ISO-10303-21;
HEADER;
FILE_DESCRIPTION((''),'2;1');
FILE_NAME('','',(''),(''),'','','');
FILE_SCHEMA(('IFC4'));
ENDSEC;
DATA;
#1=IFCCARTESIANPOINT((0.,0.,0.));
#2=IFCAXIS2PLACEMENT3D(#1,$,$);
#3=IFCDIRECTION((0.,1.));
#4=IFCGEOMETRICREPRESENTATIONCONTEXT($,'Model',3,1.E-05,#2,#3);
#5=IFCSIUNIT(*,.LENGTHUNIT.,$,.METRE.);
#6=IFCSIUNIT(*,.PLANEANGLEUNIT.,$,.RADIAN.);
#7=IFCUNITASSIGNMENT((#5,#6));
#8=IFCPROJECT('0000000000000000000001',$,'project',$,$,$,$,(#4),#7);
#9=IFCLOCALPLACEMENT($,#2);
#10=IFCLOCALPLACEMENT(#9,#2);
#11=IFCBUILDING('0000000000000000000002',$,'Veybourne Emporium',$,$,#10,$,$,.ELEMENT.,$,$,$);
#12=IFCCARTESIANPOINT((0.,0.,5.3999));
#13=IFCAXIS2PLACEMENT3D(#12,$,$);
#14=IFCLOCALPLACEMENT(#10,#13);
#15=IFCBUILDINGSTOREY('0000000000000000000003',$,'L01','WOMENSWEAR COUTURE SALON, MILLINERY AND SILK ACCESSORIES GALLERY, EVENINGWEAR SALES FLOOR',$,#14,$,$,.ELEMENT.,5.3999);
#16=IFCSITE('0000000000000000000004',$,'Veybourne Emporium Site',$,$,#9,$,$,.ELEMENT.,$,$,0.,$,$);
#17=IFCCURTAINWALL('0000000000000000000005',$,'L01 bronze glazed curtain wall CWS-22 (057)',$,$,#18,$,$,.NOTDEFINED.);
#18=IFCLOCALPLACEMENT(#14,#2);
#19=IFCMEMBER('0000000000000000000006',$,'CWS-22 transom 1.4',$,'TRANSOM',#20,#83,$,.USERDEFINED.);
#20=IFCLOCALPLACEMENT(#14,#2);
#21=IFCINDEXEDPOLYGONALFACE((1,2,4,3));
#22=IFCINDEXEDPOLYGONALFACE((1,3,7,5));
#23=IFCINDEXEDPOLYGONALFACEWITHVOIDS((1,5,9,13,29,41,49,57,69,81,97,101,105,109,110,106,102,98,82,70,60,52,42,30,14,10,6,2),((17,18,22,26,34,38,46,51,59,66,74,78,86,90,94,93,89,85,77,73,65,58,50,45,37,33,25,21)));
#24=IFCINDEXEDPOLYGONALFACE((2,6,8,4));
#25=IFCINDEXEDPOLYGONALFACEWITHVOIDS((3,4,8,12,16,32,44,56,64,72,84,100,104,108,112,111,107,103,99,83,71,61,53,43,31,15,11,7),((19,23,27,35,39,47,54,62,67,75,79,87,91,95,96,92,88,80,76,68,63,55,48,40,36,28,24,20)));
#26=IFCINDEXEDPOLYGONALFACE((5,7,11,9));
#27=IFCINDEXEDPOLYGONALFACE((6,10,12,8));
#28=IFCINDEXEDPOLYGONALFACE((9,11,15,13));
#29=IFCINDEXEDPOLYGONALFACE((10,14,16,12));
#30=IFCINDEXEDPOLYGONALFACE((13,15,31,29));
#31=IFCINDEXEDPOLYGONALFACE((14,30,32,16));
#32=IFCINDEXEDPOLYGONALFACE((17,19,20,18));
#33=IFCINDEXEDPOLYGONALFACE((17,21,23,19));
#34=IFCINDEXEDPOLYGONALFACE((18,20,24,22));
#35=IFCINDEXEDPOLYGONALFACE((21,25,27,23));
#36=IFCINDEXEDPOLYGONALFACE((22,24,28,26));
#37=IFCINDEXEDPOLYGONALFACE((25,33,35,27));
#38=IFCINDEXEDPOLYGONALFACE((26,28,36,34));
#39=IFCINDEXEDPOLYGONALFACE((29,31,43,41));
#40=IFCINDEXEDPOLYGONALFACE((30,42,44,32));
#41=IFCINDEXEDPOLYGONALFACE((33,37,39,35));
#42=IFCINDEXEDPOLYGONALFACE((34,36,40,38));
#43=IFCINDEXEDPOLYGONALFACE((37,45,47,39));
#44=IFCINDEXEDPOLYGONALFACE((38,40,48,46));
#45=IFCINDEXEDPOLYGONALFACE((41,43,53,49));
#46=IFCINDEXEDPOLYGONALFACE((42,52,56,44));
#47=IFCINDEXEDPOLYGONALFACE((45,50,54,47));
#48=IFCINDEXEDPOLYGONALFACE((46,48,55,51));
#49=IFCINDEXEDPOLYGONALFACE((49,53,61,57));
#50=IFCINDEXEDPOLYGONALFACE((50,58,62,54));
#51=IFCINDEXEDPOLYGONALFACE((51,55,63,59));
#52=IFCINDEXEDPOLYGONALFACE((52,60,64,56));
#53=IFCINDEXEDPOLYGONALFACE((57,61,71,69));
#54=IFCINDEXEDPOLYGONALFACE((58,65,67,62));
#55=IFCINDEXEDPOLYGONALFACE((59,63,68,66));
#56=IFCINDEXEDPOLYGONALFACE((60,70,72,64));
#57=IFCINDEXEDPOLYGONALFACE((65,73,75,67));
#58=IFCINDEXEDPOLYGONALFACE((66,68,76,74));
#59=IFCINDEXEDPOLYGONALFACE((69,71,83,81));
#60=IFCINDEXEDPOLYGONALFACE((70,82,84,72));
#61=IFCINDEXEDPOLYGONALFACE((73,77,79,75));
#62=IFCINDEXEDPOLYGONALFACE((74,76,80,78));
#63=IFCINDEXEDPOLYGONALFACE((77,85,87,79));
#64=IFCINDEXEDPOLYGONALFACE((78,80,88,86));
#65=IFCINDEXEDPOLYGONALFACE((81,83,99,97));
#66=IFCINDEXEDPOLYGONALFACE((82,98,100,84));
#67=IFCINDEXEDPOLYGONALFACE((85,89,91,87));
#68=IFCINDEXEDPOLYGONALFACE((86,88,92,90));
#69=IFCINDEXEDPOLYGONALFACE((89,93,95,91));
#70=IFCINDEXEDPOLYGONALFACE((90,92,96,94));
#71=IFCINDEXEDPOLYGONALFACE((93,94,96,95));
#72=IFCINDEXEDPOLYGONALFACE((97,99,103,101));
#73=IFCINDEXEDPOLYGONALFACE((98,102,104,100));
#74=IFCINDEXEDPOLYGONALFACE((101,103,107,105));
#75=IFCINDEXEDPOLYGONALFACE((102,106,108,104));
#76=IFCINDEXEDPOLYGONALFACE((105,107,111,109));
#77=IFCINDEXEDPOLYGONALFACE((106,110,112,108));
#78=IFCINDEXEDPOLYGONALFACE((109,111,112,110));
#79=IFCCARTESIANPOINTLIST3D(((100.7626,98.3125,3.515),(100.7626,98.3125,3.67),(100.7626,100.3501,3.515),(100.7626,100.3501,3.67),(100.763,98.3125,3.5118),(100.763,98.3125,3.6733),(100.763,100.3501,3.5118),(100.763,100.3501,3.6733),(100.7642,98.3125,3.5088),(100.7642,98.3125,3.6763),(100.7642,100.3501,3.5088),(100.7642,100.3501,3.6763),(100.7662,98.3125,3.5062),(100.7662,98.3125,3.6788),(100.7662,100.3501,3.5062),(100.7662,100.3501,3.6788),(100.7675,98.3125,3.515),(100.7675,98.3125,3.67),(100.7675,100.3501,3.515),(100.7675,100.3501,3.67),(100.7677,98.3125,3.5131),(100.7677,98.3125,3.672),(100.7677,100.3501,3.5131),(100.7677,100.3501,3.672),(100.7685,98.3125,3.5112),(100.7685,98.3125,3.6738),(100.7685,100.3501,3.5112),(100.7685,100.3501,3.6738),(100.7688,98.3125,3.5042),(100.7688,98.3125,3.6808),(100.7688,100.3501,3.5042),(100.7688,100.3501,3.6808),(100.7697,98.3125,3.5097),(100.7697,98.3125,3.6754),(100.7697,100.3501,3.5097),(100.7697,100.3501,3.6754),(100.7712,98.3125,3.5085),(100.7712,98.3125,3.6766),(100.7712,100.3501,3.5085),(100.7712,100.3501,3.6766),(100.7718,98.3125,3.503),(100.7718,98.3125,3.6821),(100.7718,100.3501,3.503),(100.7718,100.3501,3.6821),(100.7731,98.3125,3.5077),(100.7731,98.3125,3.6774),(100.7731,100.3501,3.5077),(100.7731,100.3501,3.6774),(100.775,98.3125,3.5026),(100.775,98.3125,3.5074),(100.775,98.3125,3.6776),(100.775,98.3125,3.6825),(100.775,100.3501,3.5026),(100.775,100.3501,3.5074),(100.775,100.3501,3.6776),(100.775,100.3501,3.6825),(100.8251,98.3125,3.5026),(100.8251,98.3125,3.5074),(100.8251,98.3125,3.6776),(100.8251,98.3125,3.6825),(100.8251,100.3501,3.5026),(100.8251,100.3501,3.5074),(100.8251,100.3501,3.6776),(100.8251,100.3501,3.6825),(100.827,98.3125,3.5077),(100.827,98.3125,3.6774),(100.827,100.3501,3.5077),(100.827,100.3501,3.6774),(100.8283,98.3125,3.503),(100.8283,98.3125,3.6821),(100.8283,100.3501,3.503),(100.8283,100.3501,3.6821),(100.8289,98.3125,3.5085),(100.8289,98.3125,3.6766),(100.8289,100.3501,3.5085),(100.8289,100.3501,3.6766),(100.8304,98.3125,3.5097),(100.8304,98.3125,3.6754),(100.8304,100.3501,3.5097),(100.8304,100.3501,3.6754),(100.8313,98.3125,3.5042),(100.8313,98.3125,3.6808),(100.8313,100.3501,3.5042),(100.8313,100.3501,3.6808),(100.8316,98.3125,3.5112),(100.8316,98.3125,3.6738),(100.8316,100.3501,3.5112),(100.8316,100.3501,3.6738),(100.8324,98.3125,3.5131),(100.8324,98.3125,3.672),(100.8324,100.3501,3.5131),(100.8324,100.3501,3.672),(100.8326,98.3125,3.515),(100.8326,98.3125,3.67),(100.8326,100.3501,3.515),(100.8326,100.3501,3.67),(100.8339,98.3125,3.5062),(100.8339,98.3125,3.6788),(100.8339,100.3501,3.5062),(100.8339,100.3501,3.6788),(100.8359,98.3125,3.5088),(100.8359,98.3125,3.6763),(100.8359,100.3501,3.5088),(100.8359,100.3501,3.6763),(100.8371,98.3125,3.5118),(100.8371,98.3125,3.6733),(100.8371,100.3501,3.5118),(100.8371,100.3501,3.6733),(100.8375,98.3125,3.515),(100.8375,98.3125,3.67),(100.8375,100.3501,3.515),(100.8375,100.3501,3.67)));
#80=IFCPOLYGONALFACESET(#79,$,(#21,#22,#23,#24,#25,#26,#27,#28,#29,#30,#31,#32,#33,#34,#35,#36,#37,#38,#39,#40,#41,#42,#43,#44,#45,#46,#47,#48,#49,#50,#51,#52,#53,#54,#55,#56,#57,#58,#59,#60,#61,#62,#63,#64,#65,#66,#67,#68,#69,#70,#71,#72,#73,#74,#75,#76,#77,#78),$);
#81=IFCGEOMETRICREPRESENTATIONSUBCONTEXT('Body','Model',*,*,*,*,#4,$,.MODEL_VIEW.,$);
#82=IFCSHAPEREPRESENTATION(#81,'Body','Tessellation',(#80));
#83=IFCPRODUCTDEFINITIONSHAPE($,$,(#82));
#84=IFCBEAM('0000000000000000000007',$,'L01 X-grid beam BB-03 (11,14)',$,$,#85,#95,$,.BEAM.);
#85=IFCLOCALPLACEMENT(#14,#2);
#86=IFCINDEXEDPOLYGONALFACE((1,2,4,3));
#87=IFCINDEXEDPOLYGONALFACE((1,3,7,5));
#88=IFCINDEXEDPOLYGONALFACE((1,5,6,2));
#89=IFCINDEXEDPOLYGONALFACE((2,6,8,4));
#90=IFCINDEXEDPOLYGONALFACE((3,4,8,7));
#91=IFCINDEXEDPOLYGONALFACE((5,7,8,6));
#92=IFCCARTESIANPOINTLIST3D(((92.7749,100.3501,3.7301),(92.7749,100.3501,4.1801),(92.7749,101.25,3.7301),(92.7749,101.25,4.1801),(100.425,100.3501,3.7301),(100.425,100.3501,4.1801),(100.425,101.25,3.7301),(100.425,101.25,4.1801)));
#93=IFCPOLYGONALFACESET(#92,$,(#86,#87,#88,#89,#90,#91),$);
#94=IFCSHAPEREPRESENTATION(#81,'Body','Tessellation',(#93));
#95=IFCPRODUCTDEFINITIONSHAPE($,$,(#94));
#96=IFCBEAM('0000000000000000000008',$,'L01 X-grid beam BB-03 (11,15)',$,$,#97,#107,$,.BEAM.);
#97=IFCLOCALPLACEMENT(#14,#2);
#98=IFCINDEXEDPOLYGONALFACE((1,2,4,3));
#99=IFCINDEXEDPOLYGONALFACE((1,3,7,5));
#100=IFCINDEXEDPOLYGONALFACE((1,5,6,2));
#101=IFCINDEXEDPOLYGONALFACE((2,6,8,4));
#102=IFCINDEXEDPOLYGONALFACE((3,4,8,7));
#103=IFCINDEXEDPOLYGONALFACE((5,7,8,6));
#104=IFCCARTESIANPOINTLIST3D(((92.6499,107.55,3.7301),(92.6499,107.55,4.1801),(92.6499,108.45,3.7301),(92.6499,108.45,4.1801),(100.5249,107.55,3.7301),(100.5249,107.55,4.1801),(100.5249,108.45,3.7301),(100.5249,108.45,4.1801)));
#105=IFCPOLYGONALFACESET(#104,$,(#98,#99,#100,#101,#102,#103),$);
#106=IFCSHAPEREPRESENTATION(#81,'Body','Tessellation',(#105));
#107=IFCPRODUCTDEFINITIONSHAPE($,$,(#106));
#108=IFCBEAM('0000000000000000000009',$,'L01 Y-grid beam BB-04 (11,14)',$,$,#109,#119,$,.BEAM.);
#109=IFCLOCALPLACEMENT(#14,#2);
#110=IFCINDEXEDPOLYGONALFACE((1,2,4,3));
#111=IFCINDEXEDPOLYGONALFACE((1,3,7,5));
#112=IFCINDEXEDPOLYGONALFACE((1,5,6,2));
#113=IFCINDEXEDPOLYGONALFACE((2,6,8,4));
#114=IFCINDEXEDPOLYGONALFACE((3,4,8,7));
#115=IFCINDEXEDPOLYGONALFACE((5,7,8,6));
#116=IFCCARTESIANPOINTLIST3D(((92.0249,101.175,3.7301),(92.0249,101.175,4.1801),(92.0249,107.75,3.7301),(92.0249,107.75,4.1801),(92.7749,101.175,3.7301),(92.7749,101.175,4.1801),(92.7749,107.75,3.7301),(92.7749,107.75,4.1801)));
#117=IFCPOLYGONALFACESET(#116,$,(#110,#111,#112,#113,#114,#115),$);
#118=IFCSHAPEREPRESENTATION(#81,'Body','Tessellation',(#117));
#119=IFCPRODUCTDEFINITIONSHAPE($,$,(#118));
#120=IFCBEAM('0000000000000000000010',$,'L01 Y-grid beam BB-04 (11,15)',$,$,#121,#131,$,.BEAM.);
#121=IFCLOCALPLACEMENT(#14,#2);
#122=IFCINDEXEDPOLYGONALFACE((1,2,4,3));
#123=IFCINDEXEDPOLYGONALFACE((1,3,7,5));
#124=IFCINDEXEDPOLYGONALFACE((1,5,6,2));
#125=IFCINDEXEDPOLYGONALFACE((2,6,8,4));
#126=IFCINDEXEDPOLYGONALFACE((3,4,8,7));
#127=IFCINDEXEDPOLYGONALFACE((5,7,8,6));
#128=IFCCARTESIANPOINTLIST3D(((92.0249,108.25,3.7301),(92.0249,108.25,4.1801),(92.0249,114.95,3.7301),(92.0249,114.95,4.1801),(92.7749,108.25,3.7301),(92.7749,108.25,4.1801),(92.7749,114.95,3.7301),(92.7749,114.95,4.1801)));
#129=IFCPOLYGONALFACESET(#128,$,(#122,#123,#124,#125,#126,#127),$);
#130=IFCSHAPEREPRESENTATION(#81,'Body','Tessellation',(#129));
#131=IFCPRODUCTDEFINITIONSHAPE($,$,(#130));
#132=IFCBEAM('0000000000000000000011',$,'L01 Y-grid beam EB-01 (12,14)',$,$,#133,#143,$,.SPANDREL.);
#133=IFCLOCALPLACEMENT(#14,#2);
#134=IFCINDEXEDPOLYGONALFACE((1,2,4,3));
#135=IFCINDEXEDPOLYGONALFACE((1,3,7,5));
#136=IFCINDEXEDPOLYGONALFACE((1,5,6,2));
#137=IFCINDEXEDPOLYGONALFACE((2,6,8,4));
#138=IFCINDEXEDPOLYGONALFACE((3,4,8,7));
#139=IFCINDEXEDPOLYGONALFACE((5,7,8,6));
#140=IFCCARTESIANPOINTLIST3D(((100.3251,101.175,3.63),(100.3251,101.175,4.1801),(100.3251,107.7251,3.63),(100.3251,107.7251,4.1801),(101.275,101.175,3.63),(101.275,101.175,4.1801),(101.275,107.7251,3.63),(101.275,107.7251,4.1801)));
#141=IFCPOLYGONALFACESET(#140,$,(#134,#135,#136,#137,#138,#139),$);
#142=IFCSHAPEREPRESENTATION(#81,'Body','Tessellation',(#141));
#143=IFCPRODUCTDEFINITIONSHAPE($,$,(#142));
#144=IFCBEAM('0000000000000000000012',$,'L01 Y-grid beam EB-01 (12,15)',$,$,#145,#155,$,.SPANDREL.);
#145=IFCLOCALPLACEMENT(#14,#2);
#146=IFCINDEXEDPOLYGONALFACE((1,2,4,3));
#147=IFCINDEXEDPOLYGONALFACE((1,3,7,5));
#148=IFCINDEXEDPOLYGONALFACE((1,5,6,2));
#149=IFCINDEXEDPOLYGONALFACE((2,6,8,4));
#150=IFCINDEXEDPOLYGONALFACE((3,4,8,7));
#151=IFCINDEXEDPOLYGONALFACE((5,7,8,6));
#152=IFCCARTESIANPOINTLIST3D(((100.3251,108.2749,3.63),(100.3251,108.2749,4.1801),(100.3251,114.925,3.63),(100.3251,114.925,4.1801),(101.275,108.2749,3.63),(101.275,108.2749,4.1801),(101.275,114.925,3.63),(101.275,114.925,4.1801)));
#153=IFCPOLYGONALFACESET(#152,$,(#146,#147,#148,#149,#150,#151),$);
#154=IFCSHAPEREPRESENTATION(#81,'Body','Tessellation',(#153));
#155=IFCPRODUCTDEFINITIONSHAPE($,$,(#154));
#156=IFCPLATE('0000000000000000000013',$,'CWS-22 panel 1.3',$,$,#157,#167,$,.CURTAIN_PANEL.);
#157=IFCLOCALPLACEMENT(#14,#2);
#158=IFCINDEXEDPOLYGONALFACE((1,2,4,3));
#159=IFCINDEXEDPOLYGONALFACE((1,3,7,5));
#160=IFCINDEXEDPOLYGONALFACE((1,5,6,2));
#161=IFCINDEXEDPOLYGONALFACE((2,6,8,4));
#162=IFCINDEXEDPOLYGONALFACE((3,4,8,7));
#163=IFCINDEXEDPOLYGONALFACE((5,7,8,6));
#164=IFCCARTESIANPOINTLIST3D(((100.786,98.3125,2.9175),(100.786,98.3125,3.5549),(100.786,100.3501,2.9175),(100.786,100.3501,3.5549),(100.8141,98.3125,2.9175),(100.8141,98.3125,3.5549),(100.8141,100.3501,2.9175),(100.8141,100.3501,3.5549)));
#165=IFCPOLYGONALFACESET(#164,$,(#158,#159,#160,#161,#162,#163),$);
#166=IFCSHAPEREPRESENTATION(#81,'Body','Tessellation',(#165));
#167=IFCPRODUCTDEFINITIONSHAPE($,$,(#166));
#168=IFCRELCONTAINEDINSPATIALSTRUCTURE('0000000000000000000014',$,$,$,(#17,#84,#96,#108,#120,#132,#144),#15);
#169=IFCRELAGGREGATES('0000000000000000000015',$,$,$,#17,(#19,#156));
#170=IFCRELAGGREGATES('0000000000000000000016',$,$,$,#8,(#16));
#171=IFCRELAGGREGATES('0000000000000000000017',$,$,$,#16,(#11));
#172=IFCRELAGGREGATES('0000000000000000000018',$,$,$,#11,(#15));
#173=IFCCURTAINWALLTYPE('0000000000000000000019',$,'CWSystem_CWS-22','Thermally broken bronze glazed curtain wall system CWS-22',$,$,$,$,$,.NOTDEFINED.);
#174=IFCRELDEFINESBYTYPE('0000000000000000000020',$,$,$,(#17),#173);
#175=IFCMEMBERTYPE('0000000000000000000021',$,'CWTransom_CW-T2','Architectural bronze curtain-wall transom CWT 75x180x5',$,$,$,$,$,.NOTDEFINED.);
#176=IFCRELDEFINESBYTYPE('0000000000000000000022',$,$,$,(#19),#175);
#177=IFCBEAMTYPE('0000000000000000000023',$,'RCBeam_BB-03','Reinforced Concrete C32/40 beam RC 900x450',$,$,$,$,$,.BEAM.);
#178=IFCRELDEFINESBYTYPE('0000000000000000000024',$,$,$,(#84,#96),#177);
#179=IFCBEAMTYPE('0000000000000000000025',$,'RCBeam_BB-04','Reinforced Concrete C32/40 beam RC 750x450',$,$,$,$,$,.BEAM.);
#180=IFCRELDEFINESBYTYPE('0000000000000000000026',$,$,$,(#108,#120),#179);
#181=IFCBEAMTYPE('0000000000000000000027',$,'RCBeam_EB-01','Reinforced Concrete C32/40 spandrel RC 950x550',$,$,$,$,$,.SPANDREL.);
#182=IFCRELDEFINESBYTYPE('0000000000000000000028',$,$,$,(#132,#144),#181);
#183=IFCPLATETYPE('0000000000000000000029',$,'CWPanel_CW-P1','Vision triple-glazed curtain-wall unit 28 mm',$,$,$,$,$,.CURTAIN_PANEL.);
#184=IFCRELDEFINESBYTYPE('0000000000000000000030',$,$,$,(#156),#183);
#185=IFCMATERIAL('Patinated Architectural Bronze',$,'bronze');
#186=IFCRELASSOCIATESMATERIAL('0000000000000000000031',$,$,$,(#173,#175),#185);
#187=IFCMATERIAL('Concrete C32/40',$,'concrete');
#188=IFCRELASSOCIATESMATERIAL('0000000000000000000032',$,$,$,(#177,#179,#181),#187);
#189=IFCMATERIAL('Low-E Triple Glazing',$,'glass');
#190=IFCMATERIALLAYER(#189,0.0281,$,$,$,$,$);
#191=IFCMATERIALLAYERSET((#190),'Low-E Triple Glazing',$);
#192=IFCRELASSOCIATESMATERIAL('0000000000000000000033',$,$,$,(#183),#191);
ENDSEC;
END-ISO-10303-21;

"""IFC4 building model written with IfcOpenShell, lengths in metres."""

from ifc_helpers import new_model, si_unit, direction, frame, origin, origin_2d, place, context, subcontext, project, spatial, rectangle, hollow_rectangle, extrude, material, layer, layer_set, material_profile, profile_set, type_object, element, aggregate, save


model = new_model("IFC4")

# Units and contexts
model_context = context("Model", 3, precision=1e-05, world=origin(), true_north=direction((0.0, 1.0)))
body_context = subcontext(model_context, "Body", "Model", "MODEL_VIEW")
ifc_project = project(units=[si_unit("LENGTHUNIT", "METRE"), si_unit("PLANEANGLEUNIT", "RADIAN")], contexts=[model_context])

# Site, building, storey
site_placement = place(None, origin())
site = spatial("IfcSite", under=ifc_project, at=site_placement, Name="Veybourne Emporium Site", CompositionType="ELEMENT", RefElevation=0.0)
building_placement = place(site_placement, origin())
building = spatial("IfcBuilding", under=site, at=building_placement, Name="Veybourne Emporium", CompositionType="ELEMENT")
storey_placement = place(building_placement, frame((0.0, 0.0, 5.3999)))
storey = spatial("IfcBuildingStorey", under=building, at=storey_placement, Name="L01", Description="WOMENSWEAR COUTURE SALON, MILLINERY AND SILK ACCESSORIES GALLERY, EVENINGWEAR SALES FLOOR", CompositionType="ELEMENT", Elevation=5.3999)

# Curtain wall, member
ifc_material_1 = material(Name="Patinated Architectural Bronze", Category="bronze")
curtain_wall_type = type_object("IfcCurtainWallType", Name="CWSystem_CWS-22", Description="Thermally broken bronze glazed curtain wall system CWS-22", PredefinedType="NOTDEFINED", material=ifc_material_1)
curtain_wall_placement = place(storey_placement, origin())
curtain_wall = element("IfcCurtainWall", 1, at=curtain_wall_placement, inside=storey, type_object=curtain_wall_type, Name="L01 bronze glazed curtain wall CWS-22 (057)", PredefinedType="NOTDEFINED")
ifc_material_profile_1 = material_profile(ifc_material_1, hollow_rectangle(XDim=0.075, YDim=0.1799, WallThickness=0.0049, InnerFilletRadius=0.0076, OuterFilletRadius=0.0125, at=origin_2d()), Name="CWT 75x180x5")
ifc_profile_set_1 = profile_set([ifc_material_profile_1], Name="Patinated Architectural Bronze")
member_type_1 = type_object("IfcMemberType", Name="CWTransom_CW-T2", Description="Architectural bronze curtain-wall transom CWT 75x180x5", PredefinedType="NOTDEFINED", material=ifc_profile_set_1)
member_1_placement = place(storey_placement, frame((100.8, 100.3501, 3.5925), z_axis=(0.0, -1.0, 0.0), x_axis=(1.0, 0.0, 0.0)))
member_1 = element("IfcMember", 2, at=member_1_placement, type_object=member_type_1, Name="CWS-22 transom 1.4", ObjectType="TRANSOM", PredefinedType="USERDEFINED", context=body_context, shape_type="SweptSolid", body=[
    extrude(hollow_rectangle(XDim=0.075, YDim=0.1799, WallThickness=0.0049, InnerFilletRadius=0.0076, OuterFilletRadius=0.0125, at=origin_2d()), origin(), (0.0, 0.0, 1.0), 2.0376),
])

# Beams
ifc_material_2 = material(Name="Concrete C32/40", Category="concrete")
ifc_material_profile_2 = material_profile(ifc_material_2, rectangle(XDim=0.8999, YDim=0.45, at=origin_2d()), Name="RC 900x450")
ifc_profile_set_2 = profile_set([ifc_material_profile_2], Name="Concrete C32/40")
beam_type_1 = type_object("IfcBeamType", Name="RCBeam_BB-03", Description="Reinforced Concrete C32/40 beam RC 900x450", PredefinedType="BEAM", material=ifc_profile_set_2)
beam_1_placement = place(storey_placement, frame((92.7749, 100.8, 3.9551), z_axis=(1.0, 0.0, 0.0), x_axis=(0.0, 1.0, 0.0)))
element("IfcBeam", 3, at=beam_1_placement, inside=storey, type_object=beam_type_1, Name="L01 X-grid beam BB-03 (11,14)", PredefinedType="BEAM", context=body_context, shape_type="SweptSolid", body=[
    extrude(rectangle(XDim=0.8999, YDim=0.45, at=origin_2d()), origin(), (0.0, 0.0, 1.0), 7.6501),
])
beam_2_placement = place(storey_placement, frame((92.6499, 108.0, 3.9551), z_axis=(1.0, 0.0, 0.0), x_axis=(0.0, 1.0, 0.0)))
element("IfcBeam", 4, at=beam_2_placement, inside=storey, type_object=beam_type_1, Name="L01 X-grid beam BB-03 (11,15)", PredefinedType="BEAM", context=body_context, shape_type="SweptSolid", body=[
    extrude(rectangle(XDim=0.8999, YDim=0.45, at=origin_2d()), origin(), (0.0, 0.0, 1.0), 7.875),
])
ifc_material_profile_3 = material_profile(ifc_material_2, rectangle(XDim=0.75, YDim=0.45, at=origin_2d()), Name="RC 750x450")
ifc_profile_set_3 = profile_set([ifc_material_profile_3], Name="Concrete C32/40")
beam_type_2 = type_object("IfcBeamType", Name="RCBeam_BB-04", Description="Reinforced Concrete C32/40 beam RC 750x450", PredefinedType="BEAM", material=ifc_profile_set_3)
beam_3_placement = place(storey_placement, frame((92.3999, 101.175, 3.9551), z_axis=(0.0, 1.0, 0.0), x_axis=(-1.0, 0.0, 0.0)))
element("IfcBeam", 5, at=beam_3_placement, inside=storey, type_object=beam_type_2, Name="L01 Y-grid beam BB-04 (11,14)", PredefinedType="BEAM", context=body_context, shape_type="SweptSolid", body=[
    extrude(rectangle(XDim=0.75, YDim=0.45, at=origin_2d()), origin(), (0.0, 0.0, 1.0), 6.575),
])
beam_4_placement = place(storey_placement, frame((92.3999, 108.25, 3.9551), z_axis=(0.0, 1.0, 0.0), x_axis=(-1.0, 0.0, 0.0)))
element("IfcBeam", 6, at=beam_4_placement, inside=storey, type_object=beam_type_2, Name="L01 Y-grid beam BB-04 (11,15)", PredefinedType="BEAM", context=body_context, shape_type="SweptSolid", body=[
    extrude(rectangle(XDim=0.75, YDim=0.45, at=origin_2d()), origin(), (0.0, 0.0, 1.0), 6.7),
])
ifc_material_profile_4 = material_profile(ifc_material_2, rectangle(XDim=0.95, YDim=0.55, at=origin_2d()), Name="RC 950x550")
ifc_profile_set_4 = profile_set([ifc_material_profile_4], Name="Concrete C32/40")
beam_type_3 = type_object("IfcBeamType", Name="RCBeam_EB-01", Description="Reinforced Concrete C32/40 spandrel RC 950x550", PredefinedType="SPANDREL", material=ifc_profile_set_4)
beam_5_placement = place(storey_placement, frame((100.8, 101.175, 3.905), z_axis=(0.0, 1.0, 0.0), x_axis=(-1.0, 0.0, 0.0)))
element("IfcBeam", 7, at=beam_5_placement, inside=storey, type_object=beam_type_3, Name="L01 Y-grid beam EB-01 (12,14)", PredefinedType="SPANDREL", context=body_context, shape_type="SweptSolid", body=[
    extrude(rectangle(XDim=0.95, YDim=0.55, at=origin_2d()), origin(), (0.0, 0.0, 1.0), 6.55),
])
beam_6_placement = place(storey_placement, frame((100.8, 108.2749, 3.905), z_axis=(0.0, 1.0, 0.0), x_axis=(-1.0, 0.0, 0.0)))
element("IfcBeam", 8, at=beam_6_placement, inside=storey, type_object=beam_type_3, Name="L01 Y-grid beam EB-01 (12,15)", PredefinedType="SPANDREL", context=body_context, shape_type="SweptSolid", body=[
    extrude(rectangle(XDim=0.95, YDim=0.55, at=origin_2d()), origin(), (0.0, 0.0, 1.0), 6.6501),
])

# Plate
ifc_material_3 = material(Name="Low-E Triple Glazing", Category="glass")
ifc_layer_1 = layer(ifc_material_3, 0.0281)
ifc_layer_set_1 = layer_set([ifc_layer_1], Name="Low-E Triple Glazing")
plate_type = type_object("IfcPlateType", Name="CWPanel_CW-P1", Description="Vision triple-glazed curtain-wall unit 28 mm", PredefinedType="CURTAIN_PANEL", material=ifc_layer_set_1)
plate_placement = place(storey_placement, frame((100.8, 99.3313, 2.9175), z_axis=(0.0, 0.0, 1.0), x_axis=(0.0, -1.0, 0.0)))
plate = element("IfcPlate", 9, at=plate_placement, type_object=plate_type, Name="CWS-22 panel 1.3", PredefinedType="CURTAIN_PANEL", context=body_context, shape_type="SweptSolid", body=[
    extrude(rectangle(XDim=2.0376, YDim=0.0281, at=origin_2d()), origin(), (0.0, 0.0, 1.0), 0.6375),
])
aggregate(curtain_wall, [member_1, plate])

save(model, "model.ifc")
